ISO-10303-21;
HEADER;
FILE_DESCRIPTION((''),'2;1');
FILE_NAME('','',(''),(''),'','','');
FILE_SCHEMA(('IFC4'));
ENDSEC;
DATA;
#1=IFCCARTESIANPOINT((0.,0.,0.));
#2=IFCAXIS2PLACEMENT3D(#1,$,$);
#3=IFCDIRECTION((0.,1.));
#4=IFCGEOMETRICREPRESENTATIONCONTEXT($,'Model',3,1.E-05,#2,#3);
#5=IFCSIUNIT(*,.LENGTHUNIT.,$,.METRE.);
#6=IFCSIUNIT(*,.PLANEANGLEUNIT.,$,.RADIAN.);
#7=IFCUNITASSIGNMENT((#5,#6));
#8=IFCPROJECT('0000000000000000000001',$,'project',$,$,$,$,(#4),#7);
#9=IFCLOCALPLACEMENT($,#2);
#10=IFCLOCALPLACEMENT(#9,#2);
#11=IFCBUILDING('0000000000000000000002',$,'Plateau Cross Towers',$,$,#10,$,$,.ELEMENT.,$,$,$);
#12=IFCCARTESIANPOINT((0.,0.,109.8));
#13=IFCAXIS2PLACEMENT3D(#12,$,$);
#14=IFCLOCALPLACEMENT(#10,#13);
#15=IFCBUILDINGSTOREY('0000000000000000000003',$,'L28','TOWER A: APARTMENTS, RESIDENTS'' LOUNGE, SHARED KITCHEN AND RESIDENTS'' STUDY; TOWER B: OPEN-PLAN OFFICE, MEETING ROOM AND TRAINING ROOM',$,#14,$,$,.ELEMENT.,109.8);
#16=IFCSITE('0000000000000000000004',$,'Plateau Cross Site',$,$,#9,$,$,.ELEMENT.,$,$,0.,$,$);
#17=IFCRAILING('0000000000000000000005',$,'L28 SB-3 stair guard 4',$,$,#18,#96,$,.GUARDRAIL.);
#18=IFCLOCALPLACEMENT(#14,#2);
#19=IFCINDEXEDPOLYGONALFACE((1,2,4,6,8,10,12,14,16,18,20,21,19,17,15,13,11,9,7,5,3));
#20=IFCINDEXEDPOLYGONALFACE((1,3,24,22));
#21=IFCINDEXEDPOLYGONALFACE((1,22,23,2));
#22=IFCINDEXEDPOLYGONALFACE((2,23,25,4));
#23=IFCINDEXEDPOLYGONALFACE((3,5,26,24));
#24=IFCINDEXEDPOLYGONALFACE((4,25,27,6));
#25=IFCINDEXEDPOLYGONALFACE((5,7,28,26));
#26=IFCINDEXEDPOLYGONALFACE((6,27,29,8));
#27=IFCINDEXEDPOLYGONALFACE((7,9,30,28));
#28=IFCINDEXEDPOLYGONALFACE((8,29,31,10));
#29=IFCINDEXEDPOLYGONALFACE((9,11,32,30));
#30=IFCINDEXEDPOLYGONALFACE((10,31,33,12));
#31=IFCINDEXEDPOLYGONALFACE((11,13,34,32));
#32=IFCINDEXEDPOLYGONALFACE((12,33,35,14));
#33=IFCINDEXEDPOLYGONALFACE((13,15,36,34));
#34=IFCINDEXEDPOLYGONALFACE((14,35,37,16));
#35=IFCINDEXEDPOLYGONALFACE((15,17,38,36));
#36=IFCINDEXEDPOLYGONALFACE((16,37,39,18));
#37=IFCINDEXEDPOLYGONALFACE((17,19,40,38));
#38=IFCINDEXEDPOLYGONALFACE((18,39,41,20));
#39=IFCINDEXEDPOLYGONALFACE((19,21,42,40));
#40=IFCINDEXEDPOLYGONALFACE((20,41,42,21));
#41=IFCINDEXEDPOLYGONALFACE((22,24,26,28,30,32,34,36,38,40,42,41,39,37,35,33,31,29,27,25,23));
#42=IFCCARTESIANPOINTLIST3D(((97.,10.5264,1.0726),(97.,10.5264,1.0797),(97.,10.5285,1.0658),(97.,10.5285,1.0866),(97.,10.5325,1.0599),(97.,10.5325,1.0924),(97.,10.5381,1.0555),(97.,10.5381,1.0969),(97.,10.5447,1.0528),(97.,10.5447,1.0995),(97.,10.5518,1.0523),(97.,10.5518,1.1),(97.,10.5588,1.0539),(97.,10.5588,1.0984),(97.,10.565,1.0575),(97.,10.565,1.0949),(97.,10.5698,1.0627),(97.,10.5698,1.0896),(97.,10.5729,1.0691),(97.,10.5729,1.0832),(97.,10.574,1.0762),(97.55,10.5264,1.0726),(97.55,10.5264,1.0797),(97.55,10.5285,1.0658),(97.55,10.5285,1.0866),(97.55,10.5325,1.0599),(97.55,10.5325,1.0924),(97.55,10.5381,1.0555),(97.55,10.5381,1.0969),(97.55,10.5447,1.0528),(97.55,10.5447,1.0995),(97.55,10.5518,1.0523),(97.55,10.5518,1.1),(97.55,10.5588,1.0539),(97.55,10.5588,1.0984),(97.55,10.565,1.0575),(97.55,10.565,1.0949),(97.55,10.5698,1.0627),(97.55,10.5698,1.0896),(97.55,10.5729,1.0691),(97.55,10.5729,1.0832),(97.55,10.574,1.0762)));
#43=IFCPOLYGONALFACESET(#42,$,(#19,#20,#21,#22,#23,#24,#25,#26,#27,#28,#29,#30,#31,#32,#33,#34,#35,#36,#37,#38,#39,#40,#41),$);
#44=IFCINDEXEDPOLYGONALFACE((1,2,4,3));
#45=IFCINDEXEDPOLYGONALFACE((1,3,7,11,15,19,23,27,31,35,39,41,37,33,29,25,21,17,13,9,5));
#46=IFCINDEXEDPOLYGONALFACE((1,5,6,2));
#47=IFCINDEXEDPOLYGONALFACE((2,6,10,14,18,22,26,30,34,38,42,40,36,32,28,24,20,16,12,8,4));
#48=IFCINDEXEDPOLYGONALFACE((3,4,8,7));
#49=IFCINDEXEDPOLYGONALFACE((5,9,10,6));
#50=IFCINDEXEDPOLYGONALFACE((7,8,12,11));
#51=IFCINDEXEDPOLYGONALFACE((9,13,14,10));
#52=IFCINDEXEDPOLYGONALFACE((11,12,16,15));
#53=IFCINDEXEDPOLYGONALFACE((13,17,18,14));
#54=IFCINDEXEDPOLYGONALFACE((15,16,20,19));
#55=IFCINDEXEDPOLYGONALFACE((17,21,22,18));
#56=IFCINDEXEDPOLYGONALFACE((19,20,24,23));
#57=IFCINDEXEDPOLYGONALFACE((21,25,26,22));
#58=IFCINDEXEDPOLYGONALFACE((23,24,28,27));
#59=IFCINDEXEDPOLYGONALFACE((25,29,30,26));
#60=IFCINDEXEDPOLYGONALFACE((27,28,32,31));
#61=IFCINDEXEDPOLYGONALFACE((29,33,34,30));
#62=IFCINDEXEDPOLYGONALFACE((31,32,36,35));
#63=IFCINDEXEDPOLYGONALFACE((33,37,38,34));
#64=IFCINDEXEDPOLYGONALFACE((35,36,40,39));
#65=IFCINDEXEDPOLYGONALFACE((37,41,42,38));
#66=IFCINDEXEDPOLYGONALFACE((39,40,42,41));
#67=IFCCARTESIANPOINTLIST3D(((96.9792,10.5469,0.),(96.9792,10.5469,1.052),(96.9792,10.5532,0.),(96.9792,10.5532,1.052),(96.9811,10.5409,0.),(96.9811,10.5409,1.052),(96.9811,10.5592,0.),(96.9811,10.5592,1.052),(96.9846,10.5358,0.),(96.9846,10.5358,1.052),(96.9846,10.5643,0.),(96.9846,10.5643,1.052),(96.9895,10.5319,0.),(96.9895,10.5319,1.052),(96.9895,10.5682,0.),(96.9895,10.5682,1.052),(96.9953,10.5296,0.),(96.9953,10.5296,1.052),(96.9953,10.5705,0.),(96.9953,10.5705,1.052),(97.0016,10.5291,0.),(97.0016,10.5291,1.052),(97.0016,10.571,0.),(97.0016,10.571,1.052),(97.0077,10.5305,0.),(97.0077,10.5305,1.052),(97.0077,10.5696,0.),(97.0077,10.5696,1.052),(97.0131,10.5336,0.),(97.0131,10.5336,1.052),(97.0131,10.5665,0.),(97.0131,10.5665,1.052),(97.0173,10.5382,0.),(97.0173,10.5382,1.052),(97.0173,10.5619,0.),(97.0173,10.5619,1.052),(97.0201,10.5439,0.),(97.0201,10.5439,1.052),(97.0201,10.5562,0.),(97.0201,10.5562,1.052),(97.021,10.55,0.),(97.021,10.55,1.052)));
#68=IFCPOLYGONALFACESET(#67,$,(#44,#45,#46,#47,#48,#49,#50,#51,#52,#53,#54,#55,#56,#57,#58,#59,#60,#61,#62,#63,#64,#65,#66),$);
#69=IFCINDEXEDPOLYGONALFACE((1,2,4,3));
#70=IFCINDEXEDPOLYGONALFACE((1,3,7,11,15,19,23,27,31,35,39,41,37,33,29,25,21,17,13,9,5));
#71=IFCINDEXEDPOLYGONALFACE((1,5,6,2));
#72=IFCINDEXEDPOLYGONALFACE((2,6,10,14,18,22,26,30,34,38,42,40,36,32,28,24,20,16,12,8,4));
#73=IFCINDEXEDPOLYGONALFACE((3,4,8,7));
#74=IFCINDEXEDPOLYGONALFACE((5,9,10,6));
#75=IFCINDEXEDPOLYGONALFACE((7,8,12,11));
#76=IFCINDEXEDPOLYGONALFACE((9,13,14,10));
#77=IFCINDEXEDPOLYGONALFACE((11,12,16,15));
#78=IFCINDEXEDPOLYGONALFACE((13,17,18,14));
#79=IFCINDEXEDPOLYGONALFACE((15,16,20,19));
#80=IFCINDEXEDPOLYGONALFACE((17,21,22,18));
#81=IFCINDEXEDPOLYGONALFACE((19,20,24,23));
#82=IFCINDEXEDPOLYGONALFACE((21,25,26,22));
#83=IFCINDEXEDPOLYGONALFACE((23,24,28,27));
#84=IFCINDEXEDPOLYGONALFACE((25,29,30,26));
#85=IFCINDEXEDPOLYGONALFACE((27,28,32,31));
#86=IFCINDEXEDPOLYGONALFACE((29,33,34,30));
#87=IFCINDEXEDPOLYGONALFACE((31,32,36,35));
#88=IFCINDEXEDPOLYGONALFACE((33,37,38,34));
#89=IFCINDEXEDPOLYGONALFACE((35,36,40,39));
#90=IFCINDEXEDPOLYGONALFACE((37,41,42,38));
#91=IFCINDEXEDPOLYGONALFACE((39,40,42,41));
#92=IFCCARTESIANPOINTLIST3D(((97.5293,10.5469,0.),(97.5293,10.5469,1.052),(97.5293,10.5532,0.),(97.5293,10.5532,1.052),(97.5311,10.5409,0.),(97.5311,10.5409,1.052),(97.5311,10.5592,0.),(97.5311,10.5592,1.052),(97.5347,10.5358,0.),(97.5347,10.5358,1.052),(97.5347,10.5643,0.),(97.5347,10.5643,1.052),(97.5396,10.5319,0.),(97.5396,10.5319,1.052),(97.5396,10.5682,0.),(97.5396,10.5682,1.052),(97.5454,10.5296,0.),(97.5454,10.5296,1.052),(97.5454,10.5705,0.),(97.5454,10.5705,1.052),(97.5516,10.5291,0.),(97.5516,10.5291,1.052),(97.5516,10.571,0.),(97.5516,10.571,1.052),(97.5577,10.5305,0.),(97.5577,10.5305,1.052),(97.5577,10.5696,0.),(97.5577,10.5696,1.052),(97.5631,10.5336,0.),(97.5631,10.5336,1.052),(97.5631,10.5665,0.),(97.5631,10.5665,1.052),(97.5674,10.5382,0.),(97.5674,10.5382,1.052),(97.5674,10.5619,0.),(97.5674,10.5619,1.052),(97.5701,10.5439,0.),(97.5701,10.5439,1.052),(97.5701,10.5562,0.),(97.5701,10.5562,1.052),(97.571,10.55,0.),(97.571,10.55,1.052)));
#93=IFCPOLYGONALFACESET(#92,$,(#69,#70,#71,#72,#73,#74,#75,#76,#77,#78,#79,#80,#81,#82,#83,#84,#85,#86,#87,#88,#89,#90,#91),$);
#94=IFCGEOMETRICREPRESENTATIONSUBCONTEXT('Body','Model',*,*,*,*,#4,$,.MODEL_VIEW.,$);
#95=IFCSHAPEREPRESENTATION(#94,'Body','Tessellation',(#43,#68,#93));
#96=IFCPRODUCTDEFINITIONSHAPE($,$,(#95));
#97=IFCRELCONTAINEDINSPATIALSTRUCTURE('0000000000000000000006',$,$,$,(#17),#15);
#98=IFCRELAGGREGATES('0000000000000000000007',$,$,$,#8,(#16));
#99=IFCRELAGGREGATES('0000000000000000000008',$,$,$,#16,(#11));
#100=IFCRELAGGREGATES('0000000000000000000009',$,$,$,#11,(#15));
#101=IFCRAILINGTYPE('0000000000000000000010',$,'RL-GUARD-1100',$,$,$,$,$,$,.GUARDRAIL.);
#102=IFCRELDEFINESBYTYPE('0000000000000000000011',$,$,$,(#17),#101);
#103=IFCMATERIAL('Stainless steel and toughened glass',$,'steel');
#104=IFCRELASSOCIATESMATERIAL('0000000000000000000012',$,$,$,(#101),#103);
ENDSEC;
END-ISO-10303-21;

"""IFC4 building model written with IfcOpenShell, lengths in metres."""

from ifc_helpers import new_model, si_unit, direction, frame, origin, origin_2d, place, context, subcontext, project, spatial, circle, extrude, material, type_object, element, save


model = new_model("IFC4")

# Units and contexts
model_context = context("Model", 3, precision=1e-05, world=origin(), true_north=direction((0.0, 1.0)))
body_context = subcontext(model_context, "Body", "Model", "MODEL_VIEW")
ifc_project = project(units=[si_unit("LENGTHUNIT", "METRE"), si_unit("PLANEANGLEUNIT", "RADIAN")], contexts=[model_context])

# Site, building, storey
site_placement = place(None, origin())
site = spatial("IfcSite", under=ifc_project, at=site_placement, Name="Plateau Cross Site", CompositionType="ELEMENT", RefElevation=0.0)
building_placement = place(site_placement, origin())
building = spatial("IfcBuilding", under=site, at=building_placement, Name="Plateau Cross Towers", CompositionType="ELEMENT")
storey_placement = place(building_placement, frame((0.0, 0.0, 109.8)))
storey = spatial("IfcBuildingStorey", under=building, at=storey_placement, Name="L28", Description="TOWER A: APARTMENTS, RESIDENTS' LOUNGE, SHARED KITCHEN AND RESIDENTS' STUDY; TOWER B: OPEN-PLAN OFFICE, MEETING ROOM AND TRAINING ROOM", CompositionType="ELEMENT", Elevation=109.8)

# Railing
ifc_material_1 = material(Name="Stainless steel and toughened glass", Category="steel")
railing_type_1 = type_object("IfcRailingType", Name="RL-GUARD-1100", PredefinedType="GUARDRAIL", material=ifc_material_1)
railing_1_placement = place(storey_placement, frame((97.0, 10.55, 0.0)))
element("IfcRailing", 1, at=railing_1_placement, inside=storey, type_object=railing_type_1, Name="L28 SB-3 stair guard 4", PredefinedType="GUARDRAIL", context=body_context, shape_type="SweptSolid", body=[
    extrude(circle(Radius=0.0239, at=origin_2d()), frame((0.0, 0.0, 1.0762), z_axis=(1.0, 0.0, 0.0), x_axis=(0.0, 1.0, 0.0)), (0.0, 0.0, 1.0), 0.55),
    extrude(circle(Radius=0.021, at=origin_2d()), origin(), (0.0, 0.0, 1.0), 1.052),
    extrude(circle(Radius=0.021, at=origin_2d()), frame((0.55, 0.0, 0.0)), (0.0, 0.0, 1.0), 1.052),
])

save(model, "model.ifc")
